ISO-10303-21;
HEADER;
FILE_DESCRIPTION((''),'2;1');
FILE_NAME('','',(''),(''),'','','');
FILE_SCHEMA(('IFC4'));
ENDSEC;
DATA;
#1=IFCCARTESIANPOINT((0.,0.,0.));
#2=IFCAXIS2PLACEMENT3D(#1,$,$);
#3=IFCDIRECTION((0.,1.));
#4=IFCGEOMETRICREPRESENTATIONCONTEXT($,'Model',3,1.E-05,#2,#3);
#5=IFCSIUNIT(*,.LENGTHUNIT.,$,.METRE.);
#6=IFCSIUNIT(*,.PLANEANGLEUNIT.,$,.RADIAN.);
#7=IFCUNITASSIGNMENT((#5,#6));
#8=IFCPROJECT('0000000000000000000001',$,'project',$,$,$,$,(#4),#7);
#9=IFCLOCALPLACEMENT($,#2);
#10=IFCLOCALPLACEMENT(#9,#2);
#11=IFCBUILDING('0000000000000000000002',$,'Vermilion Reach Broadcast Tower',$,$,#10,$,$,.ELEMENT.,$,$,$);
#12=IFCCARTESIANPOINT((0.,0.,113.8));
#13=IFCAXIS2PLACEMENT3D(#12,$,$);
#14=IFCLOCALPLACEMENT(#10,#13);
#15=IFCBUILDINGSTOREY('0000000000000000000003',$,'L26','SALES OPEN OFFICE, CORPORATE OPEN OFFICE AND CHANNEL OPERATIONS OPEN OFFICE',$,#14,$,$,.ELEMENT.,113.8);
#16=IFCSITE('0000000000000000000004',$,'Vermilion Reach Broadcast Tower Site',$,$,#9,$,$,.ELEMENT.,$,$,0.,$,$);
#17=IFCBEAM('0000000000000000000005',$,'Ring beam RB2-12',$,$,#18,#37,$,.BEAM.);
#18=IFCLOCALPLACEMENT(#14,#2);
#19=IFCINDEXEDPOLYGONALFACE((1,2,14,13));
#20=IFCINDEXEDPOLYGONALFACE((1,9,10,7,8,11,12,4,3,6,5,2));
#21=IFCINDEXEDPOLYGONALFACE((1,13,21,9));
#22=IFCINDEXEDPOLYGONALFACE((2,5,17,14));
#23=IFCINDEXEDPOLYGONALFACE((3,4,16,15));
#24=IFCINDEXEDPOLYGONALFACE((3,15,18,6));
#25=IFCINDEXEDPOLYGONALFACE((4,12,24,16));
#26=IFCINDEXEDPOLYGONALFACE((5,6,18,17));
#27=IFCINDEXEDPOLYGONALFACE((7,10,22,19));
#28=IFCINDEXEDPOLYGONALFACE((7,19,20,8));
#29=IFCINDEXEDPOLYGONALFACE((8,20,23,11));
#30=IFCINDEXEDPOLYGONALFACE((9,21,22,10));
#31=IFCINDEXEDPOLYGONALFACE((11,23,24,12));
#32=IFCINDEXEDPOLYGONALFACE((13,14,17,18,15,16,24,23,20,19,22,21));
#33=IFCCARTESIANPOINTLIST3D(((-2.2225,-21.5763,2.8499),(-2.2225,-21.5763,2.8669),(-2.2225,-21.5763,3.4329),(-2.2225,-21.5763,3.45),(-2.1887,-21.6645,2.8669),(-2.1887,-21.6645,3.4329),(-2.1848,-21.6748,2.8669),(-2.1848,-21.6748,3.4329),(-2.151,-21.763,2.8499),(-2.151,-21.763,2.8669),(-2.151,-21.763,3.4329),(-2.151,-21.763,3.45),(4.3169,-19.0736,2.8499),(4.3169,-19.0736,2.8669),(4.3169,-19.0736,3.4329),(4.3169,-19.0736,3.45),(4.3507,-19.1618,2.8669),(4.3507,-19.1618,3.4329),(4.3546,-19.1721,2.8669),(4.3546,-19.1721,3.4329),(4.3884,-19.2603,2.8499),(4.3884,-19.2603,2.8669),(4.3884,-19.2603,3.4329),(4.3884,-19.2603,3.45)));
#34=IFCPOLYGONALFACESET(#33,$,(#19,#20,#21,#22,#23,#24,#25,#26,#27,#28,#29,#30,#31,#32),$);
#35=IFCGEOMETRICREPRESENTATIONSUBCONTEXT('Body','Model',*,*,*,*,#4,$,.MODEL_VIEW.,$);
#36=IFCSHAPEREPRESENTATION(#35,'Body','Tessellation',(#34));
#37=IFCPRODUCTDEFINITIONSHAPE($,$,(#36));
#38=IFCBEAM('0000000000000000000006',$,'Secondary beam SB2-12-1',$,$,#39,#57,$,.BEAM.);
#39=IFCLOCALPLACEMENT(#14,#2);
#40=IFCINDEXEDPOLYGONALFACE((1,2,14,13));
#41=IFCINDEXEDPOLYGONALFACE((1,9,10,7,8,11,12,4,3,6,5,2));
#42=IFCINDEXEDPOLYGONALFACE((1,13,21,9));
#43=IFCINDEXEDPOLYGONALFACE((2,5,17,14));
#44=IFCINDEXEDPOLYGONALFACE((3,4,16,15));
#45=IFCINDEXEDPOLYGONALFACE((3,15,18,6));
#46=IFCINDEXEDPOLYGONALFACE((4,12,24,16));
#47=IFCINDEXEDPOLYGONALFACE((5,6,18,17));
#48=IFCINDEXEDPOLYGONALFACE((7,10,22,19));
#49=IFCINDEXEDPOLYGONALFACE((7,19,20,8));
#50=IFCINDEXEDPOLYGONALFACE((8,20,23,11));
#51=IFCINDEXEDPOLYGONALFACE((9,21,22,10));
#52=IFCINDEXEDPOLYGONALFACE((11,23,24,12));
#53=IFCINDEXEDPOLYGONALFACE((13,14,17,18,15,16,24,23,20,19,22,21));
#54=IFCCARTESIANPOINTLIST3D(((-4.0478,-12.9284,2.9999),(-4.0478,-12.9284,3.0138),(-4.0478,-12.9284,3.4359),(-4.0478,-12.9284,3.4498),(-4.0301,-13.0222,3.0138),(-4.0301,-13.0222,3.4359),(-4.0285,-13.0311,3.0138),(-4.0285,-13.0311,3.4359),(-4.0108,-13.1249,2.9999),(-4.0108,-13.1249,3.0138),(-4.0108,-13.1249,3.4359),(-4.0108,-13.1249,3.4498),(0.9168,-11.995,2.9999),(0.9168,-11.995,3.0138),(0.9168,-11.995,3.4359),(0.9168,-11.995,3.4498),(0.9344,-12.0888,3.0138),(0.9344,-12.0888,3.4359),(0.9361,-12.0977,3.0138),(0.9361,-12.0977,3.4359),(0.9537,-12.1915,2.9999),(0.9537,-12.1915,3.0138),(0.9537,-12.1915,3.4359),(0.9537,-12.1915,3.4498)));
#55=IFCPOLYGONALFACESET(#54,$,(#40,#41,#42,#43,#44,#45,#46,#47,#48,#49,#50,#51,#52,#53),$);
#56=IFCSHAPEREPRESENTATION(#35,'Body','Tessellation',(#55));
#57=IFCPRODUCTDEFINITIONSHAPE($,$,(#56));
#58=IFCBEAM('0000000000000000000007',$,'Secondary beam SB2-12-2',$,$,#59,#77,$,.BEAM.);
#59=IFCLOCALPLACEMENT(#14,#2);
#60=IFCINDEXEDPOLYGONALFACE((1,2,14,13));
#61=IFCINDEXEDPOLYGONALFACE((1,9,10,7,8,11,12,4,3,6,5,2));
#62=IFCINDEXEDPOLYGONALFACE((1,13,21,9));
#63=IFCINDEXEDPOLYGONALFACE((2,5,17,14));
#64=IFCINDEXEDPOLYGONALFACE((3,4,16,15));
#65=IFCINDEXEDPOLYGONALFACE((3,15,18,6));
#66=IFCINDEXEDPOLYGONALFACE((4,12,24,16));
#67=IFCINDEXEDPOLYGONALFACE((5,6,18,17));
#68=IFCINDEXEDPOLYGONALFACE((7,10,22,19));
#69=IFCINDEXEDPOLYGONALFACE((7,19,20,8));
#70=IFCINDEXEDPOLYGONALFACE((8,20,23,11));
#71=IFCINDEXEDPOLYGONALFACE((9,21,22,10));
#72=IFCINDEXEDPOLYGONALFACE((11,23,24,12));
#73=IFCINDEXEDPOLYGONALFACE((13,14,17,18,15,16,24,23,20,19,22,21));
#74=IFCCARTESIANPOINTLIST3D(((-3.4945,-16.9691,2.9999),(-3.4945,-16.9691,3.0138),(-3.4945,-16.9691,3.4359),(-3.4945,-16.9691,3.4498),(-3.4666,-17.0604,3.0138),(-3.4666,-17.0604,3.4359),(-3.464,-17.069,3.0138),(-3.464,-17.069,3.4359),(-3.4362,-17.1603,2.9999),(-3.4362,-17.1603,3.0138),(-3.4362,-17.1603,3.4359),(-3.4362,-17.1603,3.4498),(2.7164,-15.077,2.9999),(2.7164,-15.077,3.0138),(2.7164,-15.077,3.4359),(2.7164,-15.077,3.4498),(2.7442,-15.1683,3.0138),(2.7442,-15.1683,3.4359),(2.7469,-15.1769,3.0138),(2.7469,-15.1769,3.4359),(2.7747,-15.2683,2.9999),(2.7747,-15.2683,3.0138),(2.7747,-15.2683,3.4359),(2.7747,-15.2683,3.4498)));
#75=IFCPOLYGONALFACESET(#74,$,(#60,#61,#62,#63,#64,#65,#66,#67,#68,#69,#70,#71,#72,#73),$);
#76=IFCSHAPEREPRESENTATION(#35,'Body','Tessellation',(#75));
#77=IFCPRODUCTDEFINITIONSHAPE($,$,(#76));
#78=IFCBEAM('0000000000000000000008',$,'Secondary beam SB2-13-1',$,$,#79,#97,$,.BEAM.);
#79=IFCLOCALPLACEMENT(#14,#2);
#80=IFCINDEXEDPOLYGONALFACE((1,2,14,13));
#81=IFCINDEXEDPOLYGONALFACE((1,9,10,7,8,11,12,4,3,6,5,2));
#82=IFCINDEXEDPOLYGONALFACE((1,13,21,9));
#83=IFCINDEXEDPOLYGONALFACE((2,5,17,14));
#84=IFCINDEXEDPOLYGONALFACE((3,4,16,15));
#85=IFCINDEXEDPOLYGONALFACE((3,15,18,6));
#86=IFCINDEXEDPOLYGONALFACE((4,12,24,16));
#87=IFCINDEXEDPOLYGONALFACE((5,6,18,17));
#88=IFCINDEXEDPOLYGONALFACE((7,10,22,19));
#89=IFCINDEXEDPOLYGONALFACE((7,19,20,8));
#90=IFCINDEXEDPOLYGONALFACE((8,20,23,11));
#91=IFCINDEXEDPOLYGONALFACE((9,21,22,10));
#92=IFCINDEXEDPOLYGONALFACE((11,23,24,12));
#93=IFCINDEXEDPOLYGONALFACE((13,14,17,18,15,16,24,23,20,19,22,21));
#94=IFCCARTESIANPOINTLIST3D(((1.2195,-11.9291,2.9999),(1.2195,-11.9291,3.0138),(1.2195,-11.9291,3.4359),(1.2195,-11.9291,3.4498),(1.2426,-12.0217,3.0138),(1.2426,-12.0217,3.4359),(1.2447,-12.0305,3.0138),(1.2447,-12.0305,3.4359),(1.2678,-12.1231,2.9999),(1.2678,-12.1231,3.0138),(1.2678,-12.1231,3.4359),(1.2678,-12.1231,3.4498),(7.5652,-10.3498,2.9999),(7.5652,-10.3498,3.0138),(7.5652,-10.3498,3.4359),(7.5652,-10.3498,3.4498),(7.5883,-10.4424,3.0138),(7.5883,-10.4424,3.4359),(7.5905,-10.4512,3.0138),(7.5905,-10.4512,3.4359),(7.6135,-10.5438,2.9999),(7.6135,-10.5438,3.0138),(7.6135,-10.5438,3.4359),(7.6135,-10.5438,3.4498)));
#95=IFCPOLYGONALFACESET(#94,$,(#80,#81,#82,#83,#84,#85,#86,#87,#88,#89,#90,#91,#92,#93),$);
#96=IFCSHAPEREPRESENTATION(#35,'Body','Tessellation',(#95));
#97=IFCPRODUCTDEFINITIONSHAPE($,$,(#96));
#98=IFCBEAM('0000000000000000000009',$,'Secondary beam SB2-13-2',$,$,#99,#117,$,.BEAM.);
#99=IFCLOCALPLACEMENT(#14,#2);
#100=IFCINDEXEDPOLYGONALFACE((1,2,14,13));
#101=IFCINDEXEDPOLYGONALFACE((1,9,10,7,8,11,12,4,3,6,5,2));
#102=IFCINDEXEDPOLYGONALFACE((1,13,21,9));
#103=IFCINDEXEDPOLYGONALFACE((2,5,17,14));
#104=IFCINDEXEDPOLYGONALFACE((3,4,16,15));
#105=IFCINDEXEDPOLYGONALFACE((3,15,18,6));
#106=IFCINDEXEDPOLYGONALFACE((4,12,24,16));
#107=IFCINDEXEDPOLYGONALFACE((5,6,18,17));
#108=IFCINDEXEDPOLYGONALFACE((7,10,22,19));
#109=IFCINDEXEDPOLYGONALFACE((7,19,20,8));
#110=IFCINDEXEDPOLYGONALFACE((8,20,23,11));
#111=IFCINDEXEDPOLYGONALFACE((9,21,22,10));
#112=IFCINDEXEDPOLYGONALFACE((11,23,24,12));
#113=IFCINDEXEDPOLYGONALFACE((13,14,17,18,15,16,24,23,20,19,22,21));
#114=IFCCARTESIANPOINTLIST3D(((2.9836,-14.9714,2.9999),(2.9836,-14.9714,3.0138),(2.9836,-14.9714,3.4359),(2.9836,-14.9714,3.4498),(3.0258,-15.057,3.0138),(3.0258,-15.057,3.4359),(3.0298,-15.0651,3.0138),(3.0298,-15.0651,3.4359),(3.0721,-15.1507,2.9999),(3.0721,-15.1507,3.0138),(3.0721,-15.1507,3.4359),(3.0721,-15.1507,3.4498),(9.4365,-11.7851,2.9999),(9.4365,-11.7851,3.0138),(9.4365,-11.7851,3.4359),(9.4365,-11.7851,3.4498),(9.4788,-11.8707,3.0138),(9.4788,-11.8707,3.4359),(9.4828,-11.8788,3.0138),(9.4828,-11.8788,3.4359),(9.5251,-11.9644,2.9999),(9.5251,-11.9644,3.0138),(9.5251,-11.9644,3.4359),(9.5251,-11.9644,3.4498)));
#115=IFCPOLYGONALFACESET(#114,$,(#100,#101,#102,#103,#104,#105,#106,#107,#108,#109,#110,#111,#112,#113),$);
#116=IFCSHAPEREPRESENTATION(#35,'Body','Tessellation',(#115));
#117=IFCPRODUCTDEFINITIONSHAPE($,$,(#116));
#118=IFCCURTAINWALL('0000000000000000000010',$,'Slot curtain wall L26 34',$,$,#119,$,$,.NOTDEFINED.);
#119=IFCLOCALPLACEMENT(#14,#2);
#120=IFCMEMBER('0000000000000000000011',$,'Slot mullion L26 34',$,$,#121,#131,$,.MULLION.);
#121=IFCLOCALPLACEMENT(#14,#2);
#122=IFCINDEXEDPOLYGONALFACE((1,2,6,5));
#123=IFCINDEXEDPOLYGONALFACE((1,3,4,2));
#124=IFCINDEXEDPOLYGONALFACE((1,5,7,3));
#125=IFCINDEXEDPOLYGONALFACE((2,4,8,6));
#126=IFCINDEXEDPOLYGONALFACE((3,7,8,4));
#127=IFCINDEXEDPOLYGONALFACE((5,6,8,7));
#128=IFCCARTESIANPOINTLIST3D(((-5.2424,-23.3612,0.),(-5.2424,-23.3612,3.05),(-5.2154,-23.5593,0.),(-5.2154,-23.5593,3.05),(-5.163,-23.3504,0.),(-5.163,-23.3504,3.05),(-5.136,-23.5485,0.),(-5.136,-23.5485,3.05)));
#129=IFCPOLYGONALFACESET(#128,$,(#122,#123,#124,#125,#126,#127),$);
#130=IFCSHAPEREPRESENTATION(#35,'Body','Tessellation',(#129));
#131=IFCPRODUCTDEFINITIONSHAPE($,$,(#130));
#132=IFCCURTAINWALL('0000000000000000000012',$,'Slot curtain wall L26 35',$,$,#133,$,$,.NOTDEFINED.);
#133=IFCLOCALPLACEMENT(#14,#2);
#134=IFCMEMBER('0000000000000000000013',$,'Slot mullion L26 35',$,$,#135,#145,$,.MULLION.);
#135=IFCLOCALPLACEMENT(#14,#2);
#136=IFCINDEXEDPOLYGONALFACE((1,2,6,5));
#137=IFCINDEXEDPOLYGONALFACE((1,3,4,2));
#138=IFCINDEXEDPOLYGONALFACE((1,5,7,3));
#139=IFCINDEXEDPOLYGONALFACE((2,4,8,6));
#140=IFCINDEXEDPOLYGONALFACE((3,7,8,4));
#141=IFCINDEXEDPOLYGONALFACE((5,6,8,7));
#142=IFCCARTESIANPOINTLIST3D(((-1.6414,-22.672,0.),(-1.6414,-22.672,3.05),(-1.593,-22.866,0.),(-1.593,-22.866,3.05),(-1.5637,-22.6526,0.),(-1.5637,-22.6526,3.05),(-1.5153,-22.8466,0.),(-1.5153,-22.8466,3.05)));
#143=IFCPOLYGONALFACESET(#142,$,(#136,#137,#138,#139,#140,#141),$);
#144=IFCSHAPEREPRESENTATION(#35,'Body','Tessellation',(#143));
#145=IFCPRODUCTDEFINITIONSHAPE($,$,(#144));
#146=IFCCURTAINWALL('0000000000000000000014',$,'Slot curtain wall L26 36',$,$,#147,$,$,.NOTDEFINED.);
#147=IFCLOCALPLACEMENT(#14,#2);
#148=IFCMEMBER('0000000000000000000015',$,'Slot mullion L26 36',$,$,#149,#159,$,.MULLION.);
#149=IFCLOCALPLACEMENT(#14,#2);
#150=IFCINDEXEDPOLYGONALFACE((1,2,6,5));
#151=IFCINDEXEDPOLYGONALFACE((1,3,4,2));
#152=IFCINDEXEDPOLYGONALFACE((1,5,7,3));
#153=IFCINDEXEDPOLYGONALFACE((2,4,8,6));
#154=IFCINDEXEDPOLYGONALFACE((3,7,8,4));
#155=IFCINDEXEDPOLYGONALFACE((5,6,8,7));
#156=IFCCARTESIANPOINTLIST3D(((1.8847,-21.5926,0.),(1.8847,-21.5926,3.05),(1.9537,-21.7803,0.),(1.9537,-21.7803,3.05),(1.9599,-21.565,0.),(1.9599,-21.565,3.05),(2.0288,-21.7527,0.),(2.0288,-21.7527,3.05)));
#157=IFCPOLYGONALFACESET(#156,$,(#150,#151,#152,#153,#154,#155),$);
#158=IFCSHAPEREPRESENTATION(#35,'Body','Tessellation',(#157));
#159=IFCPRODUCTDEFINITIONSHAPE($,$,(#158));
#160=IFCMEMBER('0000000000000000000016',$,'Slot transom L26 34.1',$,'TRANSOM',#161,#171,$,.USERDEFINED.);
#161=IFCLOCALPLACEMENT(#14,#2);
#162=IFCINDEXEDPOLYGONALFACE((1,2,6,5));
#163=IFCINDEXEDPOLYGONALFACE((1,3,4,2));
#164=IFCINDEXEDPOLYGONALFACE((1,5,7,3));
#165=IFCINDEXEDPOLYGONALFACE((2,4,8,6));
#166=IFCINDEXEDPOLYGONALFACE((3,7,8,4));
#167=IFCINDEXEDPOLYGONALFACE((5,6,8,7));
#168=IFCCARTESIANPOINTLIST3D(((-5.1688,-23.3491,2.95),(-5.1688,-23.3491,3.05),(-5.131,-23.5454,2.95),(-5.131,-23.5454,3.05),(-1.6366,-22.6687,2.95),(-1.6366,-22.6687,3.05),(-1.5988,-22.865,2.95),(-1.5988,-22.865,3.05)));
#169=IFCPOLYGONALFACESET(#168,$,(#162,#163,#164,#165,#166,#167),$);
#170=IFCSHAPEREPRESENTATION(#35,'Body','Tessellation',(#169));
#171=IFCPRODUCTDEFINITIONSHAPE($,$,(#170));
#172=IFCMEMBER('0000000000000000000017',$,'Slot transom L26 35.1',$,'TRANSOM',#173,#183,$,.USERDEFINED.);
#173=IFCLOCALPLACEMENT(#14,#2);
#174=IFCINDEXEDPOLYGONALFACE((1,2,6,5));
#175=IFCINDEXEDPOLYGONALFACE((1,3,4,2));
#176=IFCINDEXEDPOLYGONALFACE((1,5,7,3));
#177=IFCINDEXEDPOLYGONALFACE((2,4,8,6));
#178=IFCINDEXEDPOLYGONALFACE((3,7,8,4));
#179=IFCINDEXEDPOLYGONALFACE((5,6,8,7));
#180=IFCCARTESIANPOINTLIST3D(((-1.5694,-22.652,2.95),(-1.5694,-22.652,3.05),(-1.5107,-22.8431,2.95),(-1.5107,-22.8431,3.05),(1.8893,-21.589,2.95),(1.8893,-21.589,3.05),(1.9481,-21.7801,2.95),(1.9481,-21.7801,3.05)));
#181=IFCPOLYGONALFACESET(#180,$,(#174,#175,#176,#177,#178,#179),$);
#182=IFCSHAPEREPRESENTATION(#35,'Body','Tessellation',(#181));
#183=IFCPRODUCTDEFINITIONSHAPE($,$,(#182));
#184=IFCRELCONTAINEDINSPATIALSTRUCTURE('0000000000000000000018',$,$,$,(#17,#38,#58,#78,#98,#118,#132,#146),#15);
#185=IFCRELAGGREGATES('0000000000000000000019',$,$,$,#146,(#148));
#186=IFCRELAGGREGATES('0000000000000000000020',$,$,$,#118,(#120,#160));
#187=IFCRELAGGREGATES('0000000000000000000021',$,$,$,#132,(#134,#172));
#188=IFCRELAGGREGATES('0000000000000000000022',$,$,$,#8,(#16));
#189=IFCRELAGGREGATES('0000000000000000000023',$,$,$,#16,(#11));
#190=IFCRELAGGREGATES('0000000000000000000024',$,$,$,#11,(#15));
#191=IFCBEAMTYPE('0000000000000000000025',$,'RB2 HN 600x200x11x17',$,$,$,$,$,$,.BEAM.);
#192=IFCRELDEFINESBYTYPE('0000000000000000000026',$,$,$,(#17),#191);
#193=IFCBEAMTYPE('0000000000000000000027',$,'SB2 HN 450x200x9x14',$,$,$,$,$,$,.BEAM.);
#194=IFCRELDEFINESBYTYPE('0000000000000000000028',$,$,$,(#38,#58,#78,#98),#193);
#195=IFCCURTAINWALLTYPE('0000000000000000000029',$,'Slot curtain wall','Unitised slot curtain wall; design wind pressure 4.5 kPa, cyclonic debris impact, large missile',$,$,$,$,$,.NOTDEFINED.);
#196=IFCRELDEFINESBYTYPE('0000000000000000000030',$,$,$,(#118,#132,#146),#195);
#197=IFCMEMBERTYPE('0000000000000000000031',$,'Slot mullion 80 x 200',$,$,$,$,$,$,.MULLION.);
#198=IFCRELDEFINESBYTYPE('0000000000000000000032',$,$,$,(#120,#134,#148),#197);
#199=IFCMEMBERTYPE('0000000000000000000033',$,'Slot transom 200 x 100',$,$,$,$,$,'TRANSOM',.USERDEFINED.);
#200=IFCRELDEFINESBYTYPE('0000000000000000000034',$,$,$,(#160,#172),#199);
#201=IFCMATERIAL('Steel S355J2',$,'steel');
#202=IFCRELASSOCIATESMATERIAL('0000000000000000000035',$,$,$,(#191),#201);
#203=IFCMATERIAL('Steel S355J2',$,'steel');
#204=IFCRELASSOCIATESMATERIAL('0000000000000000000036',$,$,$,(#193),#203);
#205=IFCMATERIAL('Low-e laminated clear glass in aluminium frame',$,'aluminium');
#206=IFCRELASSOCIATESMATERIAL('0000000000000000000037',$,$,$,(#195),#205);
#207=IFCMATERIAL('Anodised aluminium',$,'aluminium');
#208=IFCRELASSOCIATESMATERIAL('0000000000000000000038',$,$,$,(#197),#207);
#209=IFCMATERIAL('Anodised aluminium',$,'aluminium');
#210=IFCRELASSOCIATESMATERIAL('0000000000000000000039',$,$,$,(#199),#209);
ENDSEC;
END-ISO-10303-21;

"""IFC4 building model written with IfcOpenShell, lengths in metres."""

from ifc_helpers import new_model, si_unit, direction, frame, origin, origin_2d, place, context, subcontext, project, spatial, rectangle, i_section, extrude, material, material_profile, profile_set, type_object, element, aggregate, save


model = new_model("IFC4")

# Units and contexts
model_context = context("Model", 3, precision=1e-05, world=origin(), true_north=direction((0.0, 1.0)))
body_context = subcontext(model_context, "Body", "Model", "MODEL_VIEW")
ifc_project = project(units=[si_unit("LENGTHUNIT", "METRE"), si_unit("PLANEANGLEUNIT", "RADIAN")], contexts=[model_context])

# Site, building, storey
site_placement = place(None, origin())
site = spatial("IfcSite", under=ifc_project, at=site_placement, Name="Vermilion Reach Broadcast Tower Site", CompositionType="ELEMENT", RefElevation=0.0)
building_placement = place(site_placement, origin())
building = spatial("IfcBuilding", under=site, at=building_placement, Name="Vermilion Reach Broadcast Tower", CompositionType="ELEMENT")
storey_placement = place(building_placement, frame((0.0, 0.0, 113.8)))
storey = spatial("IfcBuildingStorey", under=building, at=storey_placement, Name="L26", Description="SALES OPEN OFFICE, CORPORATE OPEN OFFICE AND CHANNEL OPERATIONS OPEN OFFICE", CompositionType="ELEMENT", Elevation=113.8)

# Beams
ifc_material_1 = material(Name="Steel S355J2", Category="steel")
ifc_material_profile_1 = material_profile(ifc_material_1, i_section(OverallWidth=0.2, OverallDepth=0.6001, WebThickness=0.011, FlangeThickness=0.0171, at=origin_2d()), Name="S355J2 HN 600x200x11x17")
ifc_profile_set_1 = profile_set([ifc_material_profile_1], Name="Steel S355J2")
beam_type_1 = type_object("IfcBeamType", Name="RB2 HN 600x200x11x17", PredefinedType="BEAM", material=ifc_profile_set_1)
beam_1_placement = place(storey_placement, frame((-2.1868, -21.6697, 3.1499), z_axis=(0.933939, 0.357432, 0.0), x_axis=(-0.357432, 0.933939, 0.0)))
element("IfcBeam", 1, at=beam_1_placement, inside=storey, type_object=beam_type_1, Name="Ring beam RB2-12", PredefinedType="BEAM", context=body_context, shape_type="SweptSolid", body=[
    extrude(i_section(OverallWidth=0.2, OverallDepth=0.6001, WebThickness=0.011, FlangeThickness=0.0171, at=origin_2d()), origin(), (0.0, 0.0, 1.0), 7.002),
])
ifc_material_2 = material(Name="Steel S355J2", Category="steel")
ifc_material_profile_2 = material_profile(ifc_material_2, i_section(OverallWidth=0.2, OverallDepth=0.45, WebThickness=0.009, FlangeThickness=0.0139, at=origin_2d()), Name="S355J2 HN 450x200x9x14")
ifc_profile_set_2 = profile_set([ifc_material_profile_2], Name="Steel S355J2")
beam_type_2 = type_object("IfcBeamType", Name="SB2 HN 450x200x9x14", PredefinedType="BEAM", material=ifc_profile_set_2)
beam_2_placement = place(storey_placement, frame((-4.0293, -13.0266, 3.2249), z_axis=(0.982783, 0.184764, 0.0), x_axis=(-0.184764, 0.982783, 0.0)))
element("IfcBeam", 2, at=beam_2_placement, inside=storey, type_object=beam_type_2, Name="Secondary beam SB2-12-1", PredefinedType="BEAM", context=body_context, shape_type="SweptSolid", body=[
    extrude(i_section(OverallWidth=0.2, OverallDepth=0.45, WebThickness=0.009, FlangeThickness=0.0139, at=origin_2d()), origin(), (0.0, 0.0, 1.0), 5.0515),
])
beam_3_placement = place(storey_placement, frame((-3.4653, -17.0647, 3.2249), z_axis=(0.956596, 0.291416, 0.0), x_axis=(-0.291416, 0.956596, 0.0)))
element("IfcBeam", 3, at=beam_3_placement, inside=storey, type_object=beam_type_2, Name="Secondary beam SB2-12-2", PredefinedType="BEAM", context=body_context, shape_type="SweptSolid", body=[
    extrude(i_section(OverallWidth=0.2, OverallDepth=0.45, WebThickness=0.009, FlangeThickness=0.0139, at=origin_2d()), origin(), (0.0, 0.0, 1.0), 6.4927),
])
beam_4_placement = place(storey_placement, frame((1.2437, -12.0261, 3.2249), z_axis=(0.970397, 0.241516, 0.0), x_axis=(-0.241516, 0.970397, 0.0)))
element("IfcBeam", 4, at=beam_4_placement, inside=storey, type_object=beam_type_2, Name="Secondary beam SB2-13-1", PredefinedType="BEAM", context=body_context, shape_type="SweptSolid", body=[
    extrude(i_section(OverallWidth=0.2, OverallDepth=0.45, WebThickness=0.009, FlangeThickness=0.0139, at=origin_2d()), origin(), (0.0, 0.0, 1.0), 6.5393),
])
beam_5_placement = place(storey_placement, frame((3.0278, -15.061, 3.2249), z_axis=(0.896648, 0.442744, 0.0), x_axis=(-0.442744, 0.896648, 0.0)))
element("IfcBeam", 5, at=beam_5_placement, inside=storey, type_object=beam_type_2, Name="Secondary beam SB2-13-2", PredefinedType="BEAM", context=body_context, shape_type="SweptSolid", body=[
    extrude(i_section(OverallWidth=0.2, OverallDepth=0.45, WebThickness=0.009, FlangeThickness=0.0139, at=origin_2d()), origin(), (0.0, 0.0, 1.0), 7.1968),
])

# Curtain walls, members
ifc_material_3 = material(Name="Low-e laminated clear glass in aluminium frame", Category="aluminium")
curtain_wall_type = type_object("IfcCurtainWallType", Name="Slot curtain wall", Description="Unitised slot curtain wall; design wind pressure 4.5 kPa, cyclonic debris impact, large missile", PredefinedType="NOTDEFINED", material=ifc_material_3)
placement = place(storey_placement, origin())
curtain_wall_1 = element("IfcCurtainWall", 6, at=placement, inside=storey, type_object=curtain_wall_type, Name="Slot curtain wall L26 34", PredefinedType="NOTDEFINED")
ifc_material_4 = material(Name="Anodised aluminium", Category="aluminium")
ifc_material_profile_3 = material_profile(ifc_material_4, rectangle(XDim=0.2, YDim=0.0801, at=origin_2d()), Name="Slot mullion 80 x 200")
ifc_profile_set_3 = profile_set([ifc_material_profile_3], Name="Anodised aluminium")
member_type_1 = type_object("IfcMemberType", Name="Slot mullion 80 x 200", PredefinedType="MULLION", material=ifc_profile_set_3)
member_1_placement = place(storey_placement, frame((-5.1892, -23.4548, 0.0), z_axis=(0.0, 0.0, 1.0), x_axis=(-0.135007, 0.990845, 0.0)))
member_1 = element("IfcMember", 7, at=member_1_placement, type_object=member_type_1, Name="Slot mullion L26 34", PredefinedType="MULLION", context=body_context, shape_type="SweptSolid", body=[
    extrude(rectangle(XDim=0.2, YDim=0.0801, at=origin_2d()), origin(), (0.0, 0.0, 1.0), 3.05),
])
curtain_wall_2 = element("IfcCurtainWall", 8, at=placement, inside=storey, type_object=curtain_wall_type, Name="Slot curtain wall L26 35", PredefinedType="NOTDEFINED")
member_2_placement = place(storey_placement, frame((-1.5784, -22.7593, 0.0), z_axis=(0.0, 0.0, 1.0), x_axis=(-0.241821, 0.970321, 0.0)))
member_2 = element("IfcMember", 9, at=member_2_placement, type_object=member_type_1, Name="Slot mullion L26 35", PredefinedType="MULLION", context=body_context, shape_type="SweptSolid", body=[
    extrude(rectangle(XDim=0.2, YDim=0.0801, at=origin_2d()), origin(), (0.0, 0.0, 1.0), 3.05),
])
curtain_wall_3 = element("IfcCurtainWall", 10, at=placement, inside=storey, type_object=curtain_wall_type, Name="Slot curtain wall L26 36", PredefinedType="NOTDEFINED")
member_3_placement = place(storey_placement, frame((1.9568, -21.6726, 0.0), z_axis=(0.0, 0.0, 1.0), x_axis=(-0.344643, 0.938734, 0.0)))
member_3 = element("IfcMember", 11, at=member_3_placement, type_object=member_type_1, Name="Slot mullion L26 36", PredefinedType="MULLION", context=body_context, shape_type="SweptSolid", body=[
    extrude(rectangle(XDim=0.2, YDim=0.0801, at=origin_2d()), origin(), (0.0, 0.0, 1.0), 3.05),
])

# Members
ifc_material_5 = material(Name="Anodised aluminium", Category="aluminium")
ifc_material_profile_4 = material_profile(ifc_material_5, rectangle(XDim=0.2, YDim=0.1001, at=origin_2d()), Name="Slot transom 200 x 100")
ifc_profile_set_4 = profile_set([ifc_material_profile_4], Name="Anodised aluminium")
member_type_2 = type_object("IfcMemberType", Name="Slot transom 200 x 100", ElementType="TRANSOM", PredefinedType="USERDEFINED", material=ifc_profile_set_4)
member_4_placement = place(storey_placement, frame((-5.1499, -23.4473, 3.0), z_axis=(0.981947, 0.189154, 0.0), x_axis=(-0.189154, 0.981947, 0.0)))
member_4 = element("IfcMember", 12, at=member_4_placement, type_object=member_type_2, Name="Slot transom L26 34.1", ObjectType="TRANSOM", PredefinedType="USERDEFINED", context=body_context, shape_type="SweptSolid", body=[
    extrude(rectangle(XDim=0.2, YDim=0.1001, at=origin_2d()), origin(), (0.0, 0.0, 1.0), 3.5972),
])
member_5_placement = place(storey_placement, frame((-1.54, -22.7476, 3.0), z_axis=(0.955875, 0.293773, 0.0), x_axis=(-0.293773, 0.955875, 0.0)))
member_5 = element("IfcMember", 13, at=member_5_placement, type_object=member_type_2, Name="Slot transom L26 35.1", ObjectType="TRANSOM", PredefinedType="USERDEFINED", context=body_context, shape_type="SweptSolid", body=[
    extrude(rectangle(XDim=0.2, YDim=0.1001, at=origin_2d()), origin(), (0.0, 0.0, 1.0), 3.6184),
])
aggregate(curtain_wall_3, [member_3])

aggregate(curtain_wall_1, [member_1, member_4])
aggregate(curtain_wall_2, [member_2, member_5])

save(model, "model.ifc")
